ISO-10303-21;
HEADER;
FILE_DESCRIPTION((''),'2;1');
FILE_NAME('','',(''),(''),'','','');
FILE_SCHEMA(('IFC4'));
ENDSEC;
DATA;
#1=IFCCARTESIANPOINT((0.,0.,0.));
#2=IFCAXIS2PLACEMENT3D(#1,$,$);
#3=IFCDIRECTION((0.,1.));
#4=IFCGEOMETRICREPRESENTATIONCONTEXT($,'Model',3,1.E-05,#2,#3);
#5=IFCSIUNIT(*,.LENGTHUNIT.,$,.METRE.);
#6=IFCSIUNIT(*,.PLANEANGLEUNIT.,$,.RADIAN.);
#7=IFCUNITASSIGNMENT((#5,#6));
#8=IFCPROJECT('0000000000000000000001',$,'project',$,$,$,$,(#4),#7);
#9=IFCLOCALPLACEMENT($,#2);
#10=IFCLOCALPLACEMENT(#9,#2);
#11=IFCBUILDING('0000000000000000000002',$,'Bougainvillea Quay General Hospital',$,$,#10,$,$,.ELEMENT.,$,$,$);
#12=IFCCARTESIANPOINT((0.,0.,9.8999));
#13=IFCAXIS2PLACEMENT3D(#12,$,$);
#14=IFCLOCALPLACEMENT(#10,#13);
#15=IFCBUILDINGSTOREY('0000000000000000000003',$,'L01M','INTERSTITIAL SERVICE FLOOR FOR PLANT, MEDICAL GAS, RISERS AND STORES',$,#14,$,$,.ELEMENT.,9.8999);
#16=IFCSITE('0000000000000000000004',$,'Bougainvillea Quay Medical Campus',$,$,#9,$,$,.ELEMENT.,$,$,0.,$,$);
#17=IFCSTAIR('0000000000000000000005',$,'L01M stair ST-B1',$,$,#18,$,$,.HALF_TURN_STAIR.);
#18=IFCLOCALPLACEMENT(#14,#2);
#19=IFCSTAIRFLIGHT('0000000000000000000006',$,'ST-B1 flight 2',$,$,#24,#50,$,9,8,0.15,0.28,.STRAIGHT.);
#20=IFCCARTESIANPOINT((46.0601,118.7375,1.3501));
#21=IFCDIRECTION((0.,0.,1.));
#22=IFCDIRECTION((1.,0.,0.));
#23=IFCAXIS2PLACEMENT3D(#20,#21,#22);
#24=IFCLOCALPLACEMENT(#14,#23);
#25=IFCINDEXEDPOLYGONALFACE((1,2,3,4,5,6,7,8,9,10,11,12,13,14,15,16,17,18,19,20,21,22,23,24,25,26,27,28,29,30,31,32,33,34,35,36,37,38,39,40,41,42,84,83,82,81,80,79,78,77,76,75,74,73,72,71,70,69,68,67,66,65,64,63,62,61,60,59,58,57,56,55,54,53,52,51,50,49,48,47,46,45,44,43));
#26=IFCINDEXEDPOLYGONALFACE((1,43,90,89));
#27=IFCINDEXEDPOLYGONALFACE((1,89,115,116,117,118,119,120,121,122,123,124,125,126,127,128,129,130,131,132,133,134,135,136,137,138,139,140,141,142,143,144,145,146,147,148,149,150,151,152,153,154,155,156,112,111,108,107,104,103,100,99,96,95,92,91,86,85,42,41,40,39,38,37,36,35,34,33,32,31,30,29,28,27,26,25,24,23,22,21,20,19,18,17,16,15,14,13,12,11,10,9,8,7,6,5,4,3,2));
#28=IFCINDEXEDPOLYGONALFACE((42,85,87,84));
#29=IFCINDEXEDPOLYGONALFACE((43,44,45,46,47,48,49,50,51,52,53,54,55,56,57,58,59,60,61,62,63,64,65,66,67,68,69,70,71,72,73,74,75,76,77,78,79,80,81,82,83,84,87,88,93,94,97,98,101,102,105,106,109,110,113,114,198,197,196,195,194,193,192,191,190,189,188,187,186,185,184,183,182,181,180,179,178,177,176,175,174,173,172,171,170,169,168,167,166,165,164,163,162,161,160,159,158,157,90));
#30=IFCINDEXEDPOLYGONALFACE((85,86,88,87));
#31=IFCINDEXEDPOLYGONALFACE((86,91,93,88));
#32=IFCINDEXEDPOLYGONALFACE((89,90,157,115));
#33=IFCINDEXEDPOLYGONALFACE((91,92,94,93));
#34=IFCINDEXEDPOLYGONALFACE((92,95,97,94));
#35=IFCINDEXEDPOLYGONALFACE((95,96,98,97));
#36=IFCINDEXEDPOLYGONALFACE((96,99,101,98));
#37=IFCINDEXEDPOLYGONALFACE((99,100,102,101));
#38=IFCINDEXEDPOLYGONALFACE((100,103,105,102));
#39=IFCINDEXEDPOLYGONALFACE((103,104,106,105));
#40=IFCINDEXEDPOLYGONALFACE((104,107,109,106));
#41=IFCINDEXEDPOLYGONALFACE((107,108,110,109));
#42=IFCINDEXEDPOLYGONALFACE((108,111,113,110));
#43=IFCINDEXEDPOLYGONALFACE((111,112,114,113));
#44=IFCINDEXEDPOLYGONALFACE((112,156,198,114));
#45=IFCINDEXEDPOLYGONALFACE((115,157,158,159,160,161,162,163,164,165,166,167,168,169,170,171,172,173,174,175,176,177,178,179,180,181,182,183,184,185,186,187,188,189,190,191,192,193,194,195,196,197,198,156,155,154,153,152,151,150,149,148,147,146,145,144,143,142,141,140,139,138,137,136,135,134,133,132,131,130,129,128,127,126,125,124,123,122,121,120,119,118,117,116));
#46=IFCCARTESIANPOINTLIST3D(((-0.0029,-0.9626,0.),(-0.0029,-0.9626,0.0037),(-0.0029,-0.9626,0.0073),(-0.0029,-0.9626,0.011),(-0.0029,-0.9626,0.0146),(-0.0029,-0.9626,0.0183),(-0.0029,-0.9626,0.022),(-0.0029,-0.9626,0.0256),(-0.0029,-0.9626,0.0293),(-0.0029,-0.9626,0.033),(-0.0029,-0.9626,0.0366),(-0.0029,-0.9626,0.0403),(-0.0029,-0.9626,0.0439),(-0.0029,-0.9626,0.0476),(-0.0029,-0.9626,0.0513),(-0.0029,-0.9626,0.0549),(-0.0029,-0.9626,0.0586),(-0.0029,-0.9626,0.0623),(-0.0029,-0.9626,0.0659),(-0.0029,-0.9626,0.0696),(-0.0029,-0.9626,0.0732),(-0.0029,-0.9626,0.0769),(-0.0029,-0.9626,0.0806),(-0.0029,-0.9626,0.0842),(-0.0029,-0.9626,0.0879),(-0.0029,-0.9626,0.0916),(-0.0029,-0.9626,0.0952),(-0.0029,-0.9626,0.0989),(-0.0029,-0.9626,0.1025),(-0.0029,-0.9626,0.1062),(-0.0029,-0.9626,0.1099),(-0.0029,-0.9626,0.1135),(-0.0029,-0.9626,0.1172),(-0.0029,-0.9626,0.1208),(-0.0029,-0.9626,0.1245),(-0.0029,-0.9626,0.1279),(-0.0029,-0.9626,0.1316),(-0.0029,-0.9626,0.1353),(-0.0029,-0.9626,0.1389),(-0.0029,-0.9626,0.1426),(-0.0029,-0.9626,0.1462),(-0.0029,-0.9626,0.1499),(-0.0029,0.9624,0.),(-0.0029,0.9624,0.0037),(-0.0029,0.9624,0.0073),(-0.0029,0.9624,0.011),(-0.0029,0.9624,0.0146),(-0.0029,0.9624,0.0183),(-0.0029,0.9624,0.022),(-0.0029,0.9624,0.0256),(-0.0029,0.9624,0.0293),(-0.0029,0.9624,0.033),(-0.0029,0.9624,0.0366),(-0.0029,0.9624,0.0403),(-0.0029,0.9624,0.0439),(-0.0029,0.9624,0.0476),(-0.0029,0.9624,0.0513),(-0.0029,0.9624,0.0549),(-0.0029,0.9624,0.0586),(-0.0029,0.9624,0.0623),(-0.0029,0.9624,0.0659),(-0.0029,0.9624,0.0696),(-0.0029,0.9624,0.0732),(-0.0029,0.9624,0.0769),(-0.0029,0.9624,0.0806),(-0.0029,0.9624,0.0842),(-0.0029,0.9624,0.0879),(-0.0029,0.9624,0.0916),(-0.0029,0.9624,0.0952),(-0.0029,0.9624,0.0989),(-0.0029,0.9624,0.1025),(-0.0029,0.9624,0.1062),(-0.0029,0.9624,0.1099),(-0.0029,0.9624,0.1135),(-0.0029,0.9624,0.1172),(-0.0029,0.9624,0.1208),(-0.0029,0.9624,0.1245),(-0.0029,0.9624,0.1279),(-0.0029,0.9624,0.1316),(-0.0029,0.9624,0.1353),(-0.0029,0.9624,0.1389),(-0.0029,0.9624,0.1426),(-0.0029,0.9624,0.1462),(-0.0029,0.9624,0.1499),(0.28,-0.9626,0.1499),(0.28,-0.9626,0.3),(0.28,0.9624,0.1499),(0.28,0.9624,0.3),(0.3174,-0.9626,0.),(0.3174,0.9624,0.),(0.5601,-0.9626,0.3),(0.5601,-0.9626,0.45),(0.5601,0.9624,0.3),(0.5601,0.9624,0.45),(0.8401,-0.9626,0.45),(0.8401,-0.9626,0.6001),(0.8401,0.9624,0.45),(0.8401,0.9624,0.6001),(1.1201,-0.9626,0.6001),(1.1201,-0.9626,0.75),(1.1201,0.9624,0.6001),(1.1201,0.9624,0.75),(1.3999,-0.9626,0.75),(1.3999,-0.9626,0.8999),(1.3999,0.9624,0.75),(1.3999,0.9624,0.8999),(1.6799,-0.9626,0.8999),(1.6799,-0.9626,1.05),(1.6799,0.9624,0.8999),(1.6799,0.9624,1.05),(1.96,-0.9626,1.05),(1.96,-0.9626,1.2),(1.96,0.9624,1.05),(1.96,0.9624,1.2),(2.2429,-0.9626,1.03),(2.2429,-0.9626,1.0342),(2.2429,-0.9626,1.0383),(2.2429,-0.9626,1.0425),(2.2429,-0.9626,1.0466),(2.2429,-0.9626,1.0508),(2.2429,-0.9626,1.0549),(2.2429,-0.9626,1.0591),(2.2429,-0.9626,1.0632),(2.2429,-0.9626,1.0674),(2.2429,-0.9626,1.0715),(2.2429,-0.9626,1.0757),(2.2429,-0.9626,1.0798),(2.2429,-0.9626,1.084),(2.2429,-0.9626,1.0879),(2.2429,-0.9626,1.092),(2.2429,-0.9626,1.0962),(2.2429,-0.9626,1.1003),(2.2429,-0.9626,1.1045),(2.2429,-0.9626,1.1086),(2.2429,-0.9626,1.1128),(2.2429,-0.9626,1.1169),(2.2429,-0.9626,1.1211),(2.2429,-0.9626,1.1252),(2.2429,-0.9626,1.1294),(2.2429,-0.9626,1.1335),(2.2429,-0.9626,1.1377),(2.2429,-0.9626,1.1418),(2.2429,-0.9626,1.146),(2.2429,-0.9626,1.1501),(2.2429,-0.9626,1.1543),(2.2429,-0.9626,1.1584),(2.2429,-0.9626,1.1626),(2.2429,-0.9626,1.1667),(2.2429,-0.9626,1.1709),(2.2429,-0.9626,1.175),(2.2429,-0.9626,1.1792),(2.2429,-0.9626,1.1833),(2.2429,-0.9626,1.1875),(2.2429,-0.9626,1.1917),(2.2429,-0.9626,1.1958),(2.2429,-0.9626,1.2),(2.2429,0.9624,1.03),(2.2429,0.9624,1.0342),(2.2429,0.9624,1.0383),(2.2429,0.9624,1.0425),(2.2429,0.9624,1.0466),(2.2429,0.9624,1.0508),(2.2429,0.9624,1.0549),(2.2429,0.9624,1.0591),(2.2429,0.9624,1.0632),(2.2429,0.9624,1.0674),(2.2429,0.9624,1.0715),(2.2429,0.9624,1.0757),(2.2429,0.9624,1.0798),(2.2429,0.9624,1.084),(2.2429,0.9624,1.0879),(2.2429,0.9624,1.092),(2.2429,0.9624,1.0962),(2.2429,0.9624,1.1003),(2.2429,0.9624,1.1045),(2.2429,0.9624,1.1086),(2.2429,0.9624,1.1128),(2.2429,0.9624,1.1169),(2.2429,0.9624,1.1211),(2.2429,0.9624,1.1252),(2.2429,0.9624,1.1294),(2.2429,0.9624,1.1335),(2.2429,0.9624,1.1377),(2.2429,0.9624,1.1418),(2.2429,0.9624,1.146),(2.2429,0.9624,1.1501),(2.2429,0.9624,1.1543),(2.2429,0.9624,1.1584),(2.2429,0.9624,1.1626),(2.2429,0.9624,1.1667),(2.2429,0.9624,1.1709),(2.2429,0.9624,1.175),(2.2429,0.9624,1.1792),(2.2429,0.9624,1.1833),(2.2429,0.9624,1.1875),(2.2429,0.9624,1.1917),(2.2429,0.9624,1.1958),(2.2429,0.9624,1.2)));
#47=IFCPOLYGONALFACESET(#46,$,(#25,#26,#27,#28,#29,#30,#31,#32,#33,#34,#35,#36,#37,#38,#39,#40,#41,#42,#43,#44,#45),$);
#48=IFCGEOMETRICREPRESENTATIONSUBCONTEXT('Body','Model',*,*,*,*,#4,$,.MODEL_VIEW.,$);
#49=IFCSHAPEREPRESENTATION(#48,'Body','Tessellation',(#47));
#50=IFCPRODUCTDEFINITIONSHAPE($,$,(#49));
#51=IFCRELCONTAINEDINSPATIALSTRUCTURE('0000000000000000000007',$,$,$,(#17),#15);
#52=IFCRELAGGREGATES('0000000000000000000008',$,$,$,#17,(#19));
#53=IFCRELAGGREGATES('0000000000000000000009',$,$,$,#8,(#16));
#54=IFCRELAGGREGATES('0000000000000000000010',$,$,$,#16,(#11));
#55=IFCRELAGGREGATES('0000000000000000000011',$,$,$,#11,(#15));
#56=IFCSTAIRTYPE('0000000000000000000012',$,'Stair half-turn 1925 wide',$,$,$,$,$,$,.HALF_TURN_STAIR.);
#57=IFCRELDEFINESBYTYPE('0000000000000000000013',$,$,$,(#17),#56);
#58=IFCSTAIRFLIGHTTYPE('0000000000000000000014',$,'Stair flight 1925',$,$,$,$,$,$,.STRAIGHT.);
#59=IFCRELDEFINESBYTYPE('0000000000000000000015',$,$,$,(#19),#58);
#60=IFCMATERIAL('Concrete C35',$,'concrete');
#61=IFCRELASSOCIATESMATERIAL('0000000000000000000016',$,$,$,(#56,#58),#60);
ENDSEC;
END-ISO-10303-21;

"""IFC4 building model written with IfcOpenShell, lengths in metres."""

from ifc_helpers import new_model, si_unit, direction, frame, origin, place, context, subcontext, project, spatial, polyline, outline, extrude, material, type_object, element, aggregate, save


model = new_model("IFC4")

# Units and contexts
model_context = context("Model", 3, precision=1e-05, world=origin(), true_north=direction((0.0, 1.0)))
body_context = subcontext(model_context, "Body", "Model", "MODEL_VIEW")
ifc_project = project(units=[si_unit("LENGTHUNIT", "METRE"), si_unit("PLANEANGLEUNIT", "RADIAN")], contexts=[model_context])

# Site, building, storey
site_placement = place(None, origin())
site = spatial("IfcSite", under=ifc_project, at=site_placement, Name="Bougainvillea Quay Medical Campus", CompositionType="ELEMENT", RefElevation=0.0)
building_placement = place(site_placement, origin())
building = spatial("IfcBuilding", under=site, at=building_placement, Name="Bougainvillea Quay General Hospital", CompositionType="ELEMENT")
storey_placement = place(building_placement, frame((0.0, 0.0, 9.8999)))
storey = spatial("IfcBuildingStorey", under=building, at=storey_placement, Name="L01M", Description="INTERSTITIAL SERVICE FLOOR FOR PLANT, MEDICAL GAS, RISERS AND STORES", CompositionType="ELEMENT", Elevation=9.8999)

# Stair, stair flight
ifc_material_1 = material(Name="Concrete C35", Category="concrete")
stair_type = type_object("IfcStairType", Name="Stair half-turn 1925 wide", PredefinedType="HALF_TURN_STAIR", material=ifc_material_1)
stair_placement = place(storey_placement, origin())
stair = element("IfcStair", 1, at=stair_placement, inside=storey, type_object=stair_type, Name="L01M stair ST-B1", PredefinedType="HALF_TURN_STAIR")
stair_flight_type = type_object("IfcStairFlightType", Name="Stair flight 1925", PredefinedType="STRAIGHT", material=ifc_material_1)
stair_flight_placement = place(storey_placement, frame((46.0601, 118.7375, 1.3501), z_axis=(0.0, 0.0, 1.0), x_axis=(1.0, 0.0, 0.0)))
stair_flight = element("IfcStairFlight", 2, at=stair_flight_placement, type_object=stair_flight_type, Name="ST-B1 flight 2", NumberOfRisers=9, NumberOfTreads=8, PredefinedType="STRAIGHT", RiserHeight=0.15, TreadLength=0.28, context=body_context, shape_type="SweptSolid", body=[
    extrude(outline(polyline([(-0.0029, 0.0), (-0.0029, 0.0037), (-0.0029, 0.0073), (-0.0029, 0.011), (-0.0029, 0.0146), (-0.0029, 0.0183), (-0.0029, 0.022), (-0.0029, 0.0256), (-0.0029, 0.0293), (-0.0029, 0.033), (-0.0029, 0.0366), (-0.0029, 0.0403), (-0.0029, 0.0439), (-0.0029, 0.0476), (-0.0029, 0.0513), (-0.0029, 0.0549), (-0.0029, 0.0586), (-0.0029, 0.0623), (-0.0029, 0.0659), (-0.0029, 0.0696), (-0.0029, 0.0732), (-0.0029, 0.0769), (-0.0029, 0.0806), (-0.0029, 0.0842), (-0.0029, 0.0879), (-0.0029, 0.0916), (-0.0029, 0.0952), (-0.0029, 0.0989), (-0.0029, 0.1025), (-0.0029, 0.1062), (-0.0029, 0.1099), (-0.0029, 0.1135), (-0.0029, 0.1172), (-0.0029, 0.1208), (-0.0029, 0.1245), (-0.0029, 0.1279), (-0.0029, 0.1316), (-0.0029, 0.1353), (-0.0029, 0.1389), (-0.0029, 0.1426), (-0.0029, 0.1462), (-0.0029, 0.1499), (0.28, 0.1499), (0.28, 0.3), (0.5601, 0.3), (0.5601, 0.45), (0.8401, 0.45), (0.8401, 0.6001), (1.1201, 0.6001), (1.1201, 0.75), (1.3999, 0.75), (1.3999, 0.8999), (1.6799, 0.8999), (1.6799, 1.05), (1.96, 1.05), (1.96, 1.2), (2.2429, 1.2), (2.2429, 1.1958), (2.2429, 1.1917), (2.2429, 1.1875), (2.2429, 1.1833), (2.2429, 1.1792), (2.2429, 1.175), (2.2429, 1.1709), (2.2429, 1.1667), (2.2429, 1.1626), (2.2429, 1.1584), (2.2429, 1.1543), (2.2429, 1.1501), (2.2429, 1.146), (2.2429, 1.1418), (2.2429, 1.1377), (2.2429, 1.1335), (2.2429, 1.1294), (2.2429, 1.1252), (2.2429, 1.1211), (2.2429, 1.1169), (2.2429, 1.1128), (2.2429, 1.1086), (2.2429, 1.1045), (2.2429, 1.1003), (2.2429, 1.0962), (2.2429, 1.092), (2.2429, 1.0879), (2.2429, 1.084), (2.2429, 1.0798), (2.2429, 1.0757), (2.2429, 1.0715), (2.2429, 1.0674), (2.2429, 1.0632), (2.2429, 1.0591), (2.2429, 1.0549), (2.2429, 1.0508), (2.2429, 1.0466), (2.2429, 1.0425), (2.2429, 1.0383), (2.2429, 1.0342), (2.2429, 1.03), (0.3174, 0.0), (-0.0029, 0.0)])), frame((0.0, 0.9624, 0.0), z_axis=(0.0, -1.0, 0.0), x_axis=(1.0, 0.0, 0.0)), (0.0, 0.0, 1.0), 1.925),
])
aggregate(stair, [stair_flight])

save(model, "model.ifc")
